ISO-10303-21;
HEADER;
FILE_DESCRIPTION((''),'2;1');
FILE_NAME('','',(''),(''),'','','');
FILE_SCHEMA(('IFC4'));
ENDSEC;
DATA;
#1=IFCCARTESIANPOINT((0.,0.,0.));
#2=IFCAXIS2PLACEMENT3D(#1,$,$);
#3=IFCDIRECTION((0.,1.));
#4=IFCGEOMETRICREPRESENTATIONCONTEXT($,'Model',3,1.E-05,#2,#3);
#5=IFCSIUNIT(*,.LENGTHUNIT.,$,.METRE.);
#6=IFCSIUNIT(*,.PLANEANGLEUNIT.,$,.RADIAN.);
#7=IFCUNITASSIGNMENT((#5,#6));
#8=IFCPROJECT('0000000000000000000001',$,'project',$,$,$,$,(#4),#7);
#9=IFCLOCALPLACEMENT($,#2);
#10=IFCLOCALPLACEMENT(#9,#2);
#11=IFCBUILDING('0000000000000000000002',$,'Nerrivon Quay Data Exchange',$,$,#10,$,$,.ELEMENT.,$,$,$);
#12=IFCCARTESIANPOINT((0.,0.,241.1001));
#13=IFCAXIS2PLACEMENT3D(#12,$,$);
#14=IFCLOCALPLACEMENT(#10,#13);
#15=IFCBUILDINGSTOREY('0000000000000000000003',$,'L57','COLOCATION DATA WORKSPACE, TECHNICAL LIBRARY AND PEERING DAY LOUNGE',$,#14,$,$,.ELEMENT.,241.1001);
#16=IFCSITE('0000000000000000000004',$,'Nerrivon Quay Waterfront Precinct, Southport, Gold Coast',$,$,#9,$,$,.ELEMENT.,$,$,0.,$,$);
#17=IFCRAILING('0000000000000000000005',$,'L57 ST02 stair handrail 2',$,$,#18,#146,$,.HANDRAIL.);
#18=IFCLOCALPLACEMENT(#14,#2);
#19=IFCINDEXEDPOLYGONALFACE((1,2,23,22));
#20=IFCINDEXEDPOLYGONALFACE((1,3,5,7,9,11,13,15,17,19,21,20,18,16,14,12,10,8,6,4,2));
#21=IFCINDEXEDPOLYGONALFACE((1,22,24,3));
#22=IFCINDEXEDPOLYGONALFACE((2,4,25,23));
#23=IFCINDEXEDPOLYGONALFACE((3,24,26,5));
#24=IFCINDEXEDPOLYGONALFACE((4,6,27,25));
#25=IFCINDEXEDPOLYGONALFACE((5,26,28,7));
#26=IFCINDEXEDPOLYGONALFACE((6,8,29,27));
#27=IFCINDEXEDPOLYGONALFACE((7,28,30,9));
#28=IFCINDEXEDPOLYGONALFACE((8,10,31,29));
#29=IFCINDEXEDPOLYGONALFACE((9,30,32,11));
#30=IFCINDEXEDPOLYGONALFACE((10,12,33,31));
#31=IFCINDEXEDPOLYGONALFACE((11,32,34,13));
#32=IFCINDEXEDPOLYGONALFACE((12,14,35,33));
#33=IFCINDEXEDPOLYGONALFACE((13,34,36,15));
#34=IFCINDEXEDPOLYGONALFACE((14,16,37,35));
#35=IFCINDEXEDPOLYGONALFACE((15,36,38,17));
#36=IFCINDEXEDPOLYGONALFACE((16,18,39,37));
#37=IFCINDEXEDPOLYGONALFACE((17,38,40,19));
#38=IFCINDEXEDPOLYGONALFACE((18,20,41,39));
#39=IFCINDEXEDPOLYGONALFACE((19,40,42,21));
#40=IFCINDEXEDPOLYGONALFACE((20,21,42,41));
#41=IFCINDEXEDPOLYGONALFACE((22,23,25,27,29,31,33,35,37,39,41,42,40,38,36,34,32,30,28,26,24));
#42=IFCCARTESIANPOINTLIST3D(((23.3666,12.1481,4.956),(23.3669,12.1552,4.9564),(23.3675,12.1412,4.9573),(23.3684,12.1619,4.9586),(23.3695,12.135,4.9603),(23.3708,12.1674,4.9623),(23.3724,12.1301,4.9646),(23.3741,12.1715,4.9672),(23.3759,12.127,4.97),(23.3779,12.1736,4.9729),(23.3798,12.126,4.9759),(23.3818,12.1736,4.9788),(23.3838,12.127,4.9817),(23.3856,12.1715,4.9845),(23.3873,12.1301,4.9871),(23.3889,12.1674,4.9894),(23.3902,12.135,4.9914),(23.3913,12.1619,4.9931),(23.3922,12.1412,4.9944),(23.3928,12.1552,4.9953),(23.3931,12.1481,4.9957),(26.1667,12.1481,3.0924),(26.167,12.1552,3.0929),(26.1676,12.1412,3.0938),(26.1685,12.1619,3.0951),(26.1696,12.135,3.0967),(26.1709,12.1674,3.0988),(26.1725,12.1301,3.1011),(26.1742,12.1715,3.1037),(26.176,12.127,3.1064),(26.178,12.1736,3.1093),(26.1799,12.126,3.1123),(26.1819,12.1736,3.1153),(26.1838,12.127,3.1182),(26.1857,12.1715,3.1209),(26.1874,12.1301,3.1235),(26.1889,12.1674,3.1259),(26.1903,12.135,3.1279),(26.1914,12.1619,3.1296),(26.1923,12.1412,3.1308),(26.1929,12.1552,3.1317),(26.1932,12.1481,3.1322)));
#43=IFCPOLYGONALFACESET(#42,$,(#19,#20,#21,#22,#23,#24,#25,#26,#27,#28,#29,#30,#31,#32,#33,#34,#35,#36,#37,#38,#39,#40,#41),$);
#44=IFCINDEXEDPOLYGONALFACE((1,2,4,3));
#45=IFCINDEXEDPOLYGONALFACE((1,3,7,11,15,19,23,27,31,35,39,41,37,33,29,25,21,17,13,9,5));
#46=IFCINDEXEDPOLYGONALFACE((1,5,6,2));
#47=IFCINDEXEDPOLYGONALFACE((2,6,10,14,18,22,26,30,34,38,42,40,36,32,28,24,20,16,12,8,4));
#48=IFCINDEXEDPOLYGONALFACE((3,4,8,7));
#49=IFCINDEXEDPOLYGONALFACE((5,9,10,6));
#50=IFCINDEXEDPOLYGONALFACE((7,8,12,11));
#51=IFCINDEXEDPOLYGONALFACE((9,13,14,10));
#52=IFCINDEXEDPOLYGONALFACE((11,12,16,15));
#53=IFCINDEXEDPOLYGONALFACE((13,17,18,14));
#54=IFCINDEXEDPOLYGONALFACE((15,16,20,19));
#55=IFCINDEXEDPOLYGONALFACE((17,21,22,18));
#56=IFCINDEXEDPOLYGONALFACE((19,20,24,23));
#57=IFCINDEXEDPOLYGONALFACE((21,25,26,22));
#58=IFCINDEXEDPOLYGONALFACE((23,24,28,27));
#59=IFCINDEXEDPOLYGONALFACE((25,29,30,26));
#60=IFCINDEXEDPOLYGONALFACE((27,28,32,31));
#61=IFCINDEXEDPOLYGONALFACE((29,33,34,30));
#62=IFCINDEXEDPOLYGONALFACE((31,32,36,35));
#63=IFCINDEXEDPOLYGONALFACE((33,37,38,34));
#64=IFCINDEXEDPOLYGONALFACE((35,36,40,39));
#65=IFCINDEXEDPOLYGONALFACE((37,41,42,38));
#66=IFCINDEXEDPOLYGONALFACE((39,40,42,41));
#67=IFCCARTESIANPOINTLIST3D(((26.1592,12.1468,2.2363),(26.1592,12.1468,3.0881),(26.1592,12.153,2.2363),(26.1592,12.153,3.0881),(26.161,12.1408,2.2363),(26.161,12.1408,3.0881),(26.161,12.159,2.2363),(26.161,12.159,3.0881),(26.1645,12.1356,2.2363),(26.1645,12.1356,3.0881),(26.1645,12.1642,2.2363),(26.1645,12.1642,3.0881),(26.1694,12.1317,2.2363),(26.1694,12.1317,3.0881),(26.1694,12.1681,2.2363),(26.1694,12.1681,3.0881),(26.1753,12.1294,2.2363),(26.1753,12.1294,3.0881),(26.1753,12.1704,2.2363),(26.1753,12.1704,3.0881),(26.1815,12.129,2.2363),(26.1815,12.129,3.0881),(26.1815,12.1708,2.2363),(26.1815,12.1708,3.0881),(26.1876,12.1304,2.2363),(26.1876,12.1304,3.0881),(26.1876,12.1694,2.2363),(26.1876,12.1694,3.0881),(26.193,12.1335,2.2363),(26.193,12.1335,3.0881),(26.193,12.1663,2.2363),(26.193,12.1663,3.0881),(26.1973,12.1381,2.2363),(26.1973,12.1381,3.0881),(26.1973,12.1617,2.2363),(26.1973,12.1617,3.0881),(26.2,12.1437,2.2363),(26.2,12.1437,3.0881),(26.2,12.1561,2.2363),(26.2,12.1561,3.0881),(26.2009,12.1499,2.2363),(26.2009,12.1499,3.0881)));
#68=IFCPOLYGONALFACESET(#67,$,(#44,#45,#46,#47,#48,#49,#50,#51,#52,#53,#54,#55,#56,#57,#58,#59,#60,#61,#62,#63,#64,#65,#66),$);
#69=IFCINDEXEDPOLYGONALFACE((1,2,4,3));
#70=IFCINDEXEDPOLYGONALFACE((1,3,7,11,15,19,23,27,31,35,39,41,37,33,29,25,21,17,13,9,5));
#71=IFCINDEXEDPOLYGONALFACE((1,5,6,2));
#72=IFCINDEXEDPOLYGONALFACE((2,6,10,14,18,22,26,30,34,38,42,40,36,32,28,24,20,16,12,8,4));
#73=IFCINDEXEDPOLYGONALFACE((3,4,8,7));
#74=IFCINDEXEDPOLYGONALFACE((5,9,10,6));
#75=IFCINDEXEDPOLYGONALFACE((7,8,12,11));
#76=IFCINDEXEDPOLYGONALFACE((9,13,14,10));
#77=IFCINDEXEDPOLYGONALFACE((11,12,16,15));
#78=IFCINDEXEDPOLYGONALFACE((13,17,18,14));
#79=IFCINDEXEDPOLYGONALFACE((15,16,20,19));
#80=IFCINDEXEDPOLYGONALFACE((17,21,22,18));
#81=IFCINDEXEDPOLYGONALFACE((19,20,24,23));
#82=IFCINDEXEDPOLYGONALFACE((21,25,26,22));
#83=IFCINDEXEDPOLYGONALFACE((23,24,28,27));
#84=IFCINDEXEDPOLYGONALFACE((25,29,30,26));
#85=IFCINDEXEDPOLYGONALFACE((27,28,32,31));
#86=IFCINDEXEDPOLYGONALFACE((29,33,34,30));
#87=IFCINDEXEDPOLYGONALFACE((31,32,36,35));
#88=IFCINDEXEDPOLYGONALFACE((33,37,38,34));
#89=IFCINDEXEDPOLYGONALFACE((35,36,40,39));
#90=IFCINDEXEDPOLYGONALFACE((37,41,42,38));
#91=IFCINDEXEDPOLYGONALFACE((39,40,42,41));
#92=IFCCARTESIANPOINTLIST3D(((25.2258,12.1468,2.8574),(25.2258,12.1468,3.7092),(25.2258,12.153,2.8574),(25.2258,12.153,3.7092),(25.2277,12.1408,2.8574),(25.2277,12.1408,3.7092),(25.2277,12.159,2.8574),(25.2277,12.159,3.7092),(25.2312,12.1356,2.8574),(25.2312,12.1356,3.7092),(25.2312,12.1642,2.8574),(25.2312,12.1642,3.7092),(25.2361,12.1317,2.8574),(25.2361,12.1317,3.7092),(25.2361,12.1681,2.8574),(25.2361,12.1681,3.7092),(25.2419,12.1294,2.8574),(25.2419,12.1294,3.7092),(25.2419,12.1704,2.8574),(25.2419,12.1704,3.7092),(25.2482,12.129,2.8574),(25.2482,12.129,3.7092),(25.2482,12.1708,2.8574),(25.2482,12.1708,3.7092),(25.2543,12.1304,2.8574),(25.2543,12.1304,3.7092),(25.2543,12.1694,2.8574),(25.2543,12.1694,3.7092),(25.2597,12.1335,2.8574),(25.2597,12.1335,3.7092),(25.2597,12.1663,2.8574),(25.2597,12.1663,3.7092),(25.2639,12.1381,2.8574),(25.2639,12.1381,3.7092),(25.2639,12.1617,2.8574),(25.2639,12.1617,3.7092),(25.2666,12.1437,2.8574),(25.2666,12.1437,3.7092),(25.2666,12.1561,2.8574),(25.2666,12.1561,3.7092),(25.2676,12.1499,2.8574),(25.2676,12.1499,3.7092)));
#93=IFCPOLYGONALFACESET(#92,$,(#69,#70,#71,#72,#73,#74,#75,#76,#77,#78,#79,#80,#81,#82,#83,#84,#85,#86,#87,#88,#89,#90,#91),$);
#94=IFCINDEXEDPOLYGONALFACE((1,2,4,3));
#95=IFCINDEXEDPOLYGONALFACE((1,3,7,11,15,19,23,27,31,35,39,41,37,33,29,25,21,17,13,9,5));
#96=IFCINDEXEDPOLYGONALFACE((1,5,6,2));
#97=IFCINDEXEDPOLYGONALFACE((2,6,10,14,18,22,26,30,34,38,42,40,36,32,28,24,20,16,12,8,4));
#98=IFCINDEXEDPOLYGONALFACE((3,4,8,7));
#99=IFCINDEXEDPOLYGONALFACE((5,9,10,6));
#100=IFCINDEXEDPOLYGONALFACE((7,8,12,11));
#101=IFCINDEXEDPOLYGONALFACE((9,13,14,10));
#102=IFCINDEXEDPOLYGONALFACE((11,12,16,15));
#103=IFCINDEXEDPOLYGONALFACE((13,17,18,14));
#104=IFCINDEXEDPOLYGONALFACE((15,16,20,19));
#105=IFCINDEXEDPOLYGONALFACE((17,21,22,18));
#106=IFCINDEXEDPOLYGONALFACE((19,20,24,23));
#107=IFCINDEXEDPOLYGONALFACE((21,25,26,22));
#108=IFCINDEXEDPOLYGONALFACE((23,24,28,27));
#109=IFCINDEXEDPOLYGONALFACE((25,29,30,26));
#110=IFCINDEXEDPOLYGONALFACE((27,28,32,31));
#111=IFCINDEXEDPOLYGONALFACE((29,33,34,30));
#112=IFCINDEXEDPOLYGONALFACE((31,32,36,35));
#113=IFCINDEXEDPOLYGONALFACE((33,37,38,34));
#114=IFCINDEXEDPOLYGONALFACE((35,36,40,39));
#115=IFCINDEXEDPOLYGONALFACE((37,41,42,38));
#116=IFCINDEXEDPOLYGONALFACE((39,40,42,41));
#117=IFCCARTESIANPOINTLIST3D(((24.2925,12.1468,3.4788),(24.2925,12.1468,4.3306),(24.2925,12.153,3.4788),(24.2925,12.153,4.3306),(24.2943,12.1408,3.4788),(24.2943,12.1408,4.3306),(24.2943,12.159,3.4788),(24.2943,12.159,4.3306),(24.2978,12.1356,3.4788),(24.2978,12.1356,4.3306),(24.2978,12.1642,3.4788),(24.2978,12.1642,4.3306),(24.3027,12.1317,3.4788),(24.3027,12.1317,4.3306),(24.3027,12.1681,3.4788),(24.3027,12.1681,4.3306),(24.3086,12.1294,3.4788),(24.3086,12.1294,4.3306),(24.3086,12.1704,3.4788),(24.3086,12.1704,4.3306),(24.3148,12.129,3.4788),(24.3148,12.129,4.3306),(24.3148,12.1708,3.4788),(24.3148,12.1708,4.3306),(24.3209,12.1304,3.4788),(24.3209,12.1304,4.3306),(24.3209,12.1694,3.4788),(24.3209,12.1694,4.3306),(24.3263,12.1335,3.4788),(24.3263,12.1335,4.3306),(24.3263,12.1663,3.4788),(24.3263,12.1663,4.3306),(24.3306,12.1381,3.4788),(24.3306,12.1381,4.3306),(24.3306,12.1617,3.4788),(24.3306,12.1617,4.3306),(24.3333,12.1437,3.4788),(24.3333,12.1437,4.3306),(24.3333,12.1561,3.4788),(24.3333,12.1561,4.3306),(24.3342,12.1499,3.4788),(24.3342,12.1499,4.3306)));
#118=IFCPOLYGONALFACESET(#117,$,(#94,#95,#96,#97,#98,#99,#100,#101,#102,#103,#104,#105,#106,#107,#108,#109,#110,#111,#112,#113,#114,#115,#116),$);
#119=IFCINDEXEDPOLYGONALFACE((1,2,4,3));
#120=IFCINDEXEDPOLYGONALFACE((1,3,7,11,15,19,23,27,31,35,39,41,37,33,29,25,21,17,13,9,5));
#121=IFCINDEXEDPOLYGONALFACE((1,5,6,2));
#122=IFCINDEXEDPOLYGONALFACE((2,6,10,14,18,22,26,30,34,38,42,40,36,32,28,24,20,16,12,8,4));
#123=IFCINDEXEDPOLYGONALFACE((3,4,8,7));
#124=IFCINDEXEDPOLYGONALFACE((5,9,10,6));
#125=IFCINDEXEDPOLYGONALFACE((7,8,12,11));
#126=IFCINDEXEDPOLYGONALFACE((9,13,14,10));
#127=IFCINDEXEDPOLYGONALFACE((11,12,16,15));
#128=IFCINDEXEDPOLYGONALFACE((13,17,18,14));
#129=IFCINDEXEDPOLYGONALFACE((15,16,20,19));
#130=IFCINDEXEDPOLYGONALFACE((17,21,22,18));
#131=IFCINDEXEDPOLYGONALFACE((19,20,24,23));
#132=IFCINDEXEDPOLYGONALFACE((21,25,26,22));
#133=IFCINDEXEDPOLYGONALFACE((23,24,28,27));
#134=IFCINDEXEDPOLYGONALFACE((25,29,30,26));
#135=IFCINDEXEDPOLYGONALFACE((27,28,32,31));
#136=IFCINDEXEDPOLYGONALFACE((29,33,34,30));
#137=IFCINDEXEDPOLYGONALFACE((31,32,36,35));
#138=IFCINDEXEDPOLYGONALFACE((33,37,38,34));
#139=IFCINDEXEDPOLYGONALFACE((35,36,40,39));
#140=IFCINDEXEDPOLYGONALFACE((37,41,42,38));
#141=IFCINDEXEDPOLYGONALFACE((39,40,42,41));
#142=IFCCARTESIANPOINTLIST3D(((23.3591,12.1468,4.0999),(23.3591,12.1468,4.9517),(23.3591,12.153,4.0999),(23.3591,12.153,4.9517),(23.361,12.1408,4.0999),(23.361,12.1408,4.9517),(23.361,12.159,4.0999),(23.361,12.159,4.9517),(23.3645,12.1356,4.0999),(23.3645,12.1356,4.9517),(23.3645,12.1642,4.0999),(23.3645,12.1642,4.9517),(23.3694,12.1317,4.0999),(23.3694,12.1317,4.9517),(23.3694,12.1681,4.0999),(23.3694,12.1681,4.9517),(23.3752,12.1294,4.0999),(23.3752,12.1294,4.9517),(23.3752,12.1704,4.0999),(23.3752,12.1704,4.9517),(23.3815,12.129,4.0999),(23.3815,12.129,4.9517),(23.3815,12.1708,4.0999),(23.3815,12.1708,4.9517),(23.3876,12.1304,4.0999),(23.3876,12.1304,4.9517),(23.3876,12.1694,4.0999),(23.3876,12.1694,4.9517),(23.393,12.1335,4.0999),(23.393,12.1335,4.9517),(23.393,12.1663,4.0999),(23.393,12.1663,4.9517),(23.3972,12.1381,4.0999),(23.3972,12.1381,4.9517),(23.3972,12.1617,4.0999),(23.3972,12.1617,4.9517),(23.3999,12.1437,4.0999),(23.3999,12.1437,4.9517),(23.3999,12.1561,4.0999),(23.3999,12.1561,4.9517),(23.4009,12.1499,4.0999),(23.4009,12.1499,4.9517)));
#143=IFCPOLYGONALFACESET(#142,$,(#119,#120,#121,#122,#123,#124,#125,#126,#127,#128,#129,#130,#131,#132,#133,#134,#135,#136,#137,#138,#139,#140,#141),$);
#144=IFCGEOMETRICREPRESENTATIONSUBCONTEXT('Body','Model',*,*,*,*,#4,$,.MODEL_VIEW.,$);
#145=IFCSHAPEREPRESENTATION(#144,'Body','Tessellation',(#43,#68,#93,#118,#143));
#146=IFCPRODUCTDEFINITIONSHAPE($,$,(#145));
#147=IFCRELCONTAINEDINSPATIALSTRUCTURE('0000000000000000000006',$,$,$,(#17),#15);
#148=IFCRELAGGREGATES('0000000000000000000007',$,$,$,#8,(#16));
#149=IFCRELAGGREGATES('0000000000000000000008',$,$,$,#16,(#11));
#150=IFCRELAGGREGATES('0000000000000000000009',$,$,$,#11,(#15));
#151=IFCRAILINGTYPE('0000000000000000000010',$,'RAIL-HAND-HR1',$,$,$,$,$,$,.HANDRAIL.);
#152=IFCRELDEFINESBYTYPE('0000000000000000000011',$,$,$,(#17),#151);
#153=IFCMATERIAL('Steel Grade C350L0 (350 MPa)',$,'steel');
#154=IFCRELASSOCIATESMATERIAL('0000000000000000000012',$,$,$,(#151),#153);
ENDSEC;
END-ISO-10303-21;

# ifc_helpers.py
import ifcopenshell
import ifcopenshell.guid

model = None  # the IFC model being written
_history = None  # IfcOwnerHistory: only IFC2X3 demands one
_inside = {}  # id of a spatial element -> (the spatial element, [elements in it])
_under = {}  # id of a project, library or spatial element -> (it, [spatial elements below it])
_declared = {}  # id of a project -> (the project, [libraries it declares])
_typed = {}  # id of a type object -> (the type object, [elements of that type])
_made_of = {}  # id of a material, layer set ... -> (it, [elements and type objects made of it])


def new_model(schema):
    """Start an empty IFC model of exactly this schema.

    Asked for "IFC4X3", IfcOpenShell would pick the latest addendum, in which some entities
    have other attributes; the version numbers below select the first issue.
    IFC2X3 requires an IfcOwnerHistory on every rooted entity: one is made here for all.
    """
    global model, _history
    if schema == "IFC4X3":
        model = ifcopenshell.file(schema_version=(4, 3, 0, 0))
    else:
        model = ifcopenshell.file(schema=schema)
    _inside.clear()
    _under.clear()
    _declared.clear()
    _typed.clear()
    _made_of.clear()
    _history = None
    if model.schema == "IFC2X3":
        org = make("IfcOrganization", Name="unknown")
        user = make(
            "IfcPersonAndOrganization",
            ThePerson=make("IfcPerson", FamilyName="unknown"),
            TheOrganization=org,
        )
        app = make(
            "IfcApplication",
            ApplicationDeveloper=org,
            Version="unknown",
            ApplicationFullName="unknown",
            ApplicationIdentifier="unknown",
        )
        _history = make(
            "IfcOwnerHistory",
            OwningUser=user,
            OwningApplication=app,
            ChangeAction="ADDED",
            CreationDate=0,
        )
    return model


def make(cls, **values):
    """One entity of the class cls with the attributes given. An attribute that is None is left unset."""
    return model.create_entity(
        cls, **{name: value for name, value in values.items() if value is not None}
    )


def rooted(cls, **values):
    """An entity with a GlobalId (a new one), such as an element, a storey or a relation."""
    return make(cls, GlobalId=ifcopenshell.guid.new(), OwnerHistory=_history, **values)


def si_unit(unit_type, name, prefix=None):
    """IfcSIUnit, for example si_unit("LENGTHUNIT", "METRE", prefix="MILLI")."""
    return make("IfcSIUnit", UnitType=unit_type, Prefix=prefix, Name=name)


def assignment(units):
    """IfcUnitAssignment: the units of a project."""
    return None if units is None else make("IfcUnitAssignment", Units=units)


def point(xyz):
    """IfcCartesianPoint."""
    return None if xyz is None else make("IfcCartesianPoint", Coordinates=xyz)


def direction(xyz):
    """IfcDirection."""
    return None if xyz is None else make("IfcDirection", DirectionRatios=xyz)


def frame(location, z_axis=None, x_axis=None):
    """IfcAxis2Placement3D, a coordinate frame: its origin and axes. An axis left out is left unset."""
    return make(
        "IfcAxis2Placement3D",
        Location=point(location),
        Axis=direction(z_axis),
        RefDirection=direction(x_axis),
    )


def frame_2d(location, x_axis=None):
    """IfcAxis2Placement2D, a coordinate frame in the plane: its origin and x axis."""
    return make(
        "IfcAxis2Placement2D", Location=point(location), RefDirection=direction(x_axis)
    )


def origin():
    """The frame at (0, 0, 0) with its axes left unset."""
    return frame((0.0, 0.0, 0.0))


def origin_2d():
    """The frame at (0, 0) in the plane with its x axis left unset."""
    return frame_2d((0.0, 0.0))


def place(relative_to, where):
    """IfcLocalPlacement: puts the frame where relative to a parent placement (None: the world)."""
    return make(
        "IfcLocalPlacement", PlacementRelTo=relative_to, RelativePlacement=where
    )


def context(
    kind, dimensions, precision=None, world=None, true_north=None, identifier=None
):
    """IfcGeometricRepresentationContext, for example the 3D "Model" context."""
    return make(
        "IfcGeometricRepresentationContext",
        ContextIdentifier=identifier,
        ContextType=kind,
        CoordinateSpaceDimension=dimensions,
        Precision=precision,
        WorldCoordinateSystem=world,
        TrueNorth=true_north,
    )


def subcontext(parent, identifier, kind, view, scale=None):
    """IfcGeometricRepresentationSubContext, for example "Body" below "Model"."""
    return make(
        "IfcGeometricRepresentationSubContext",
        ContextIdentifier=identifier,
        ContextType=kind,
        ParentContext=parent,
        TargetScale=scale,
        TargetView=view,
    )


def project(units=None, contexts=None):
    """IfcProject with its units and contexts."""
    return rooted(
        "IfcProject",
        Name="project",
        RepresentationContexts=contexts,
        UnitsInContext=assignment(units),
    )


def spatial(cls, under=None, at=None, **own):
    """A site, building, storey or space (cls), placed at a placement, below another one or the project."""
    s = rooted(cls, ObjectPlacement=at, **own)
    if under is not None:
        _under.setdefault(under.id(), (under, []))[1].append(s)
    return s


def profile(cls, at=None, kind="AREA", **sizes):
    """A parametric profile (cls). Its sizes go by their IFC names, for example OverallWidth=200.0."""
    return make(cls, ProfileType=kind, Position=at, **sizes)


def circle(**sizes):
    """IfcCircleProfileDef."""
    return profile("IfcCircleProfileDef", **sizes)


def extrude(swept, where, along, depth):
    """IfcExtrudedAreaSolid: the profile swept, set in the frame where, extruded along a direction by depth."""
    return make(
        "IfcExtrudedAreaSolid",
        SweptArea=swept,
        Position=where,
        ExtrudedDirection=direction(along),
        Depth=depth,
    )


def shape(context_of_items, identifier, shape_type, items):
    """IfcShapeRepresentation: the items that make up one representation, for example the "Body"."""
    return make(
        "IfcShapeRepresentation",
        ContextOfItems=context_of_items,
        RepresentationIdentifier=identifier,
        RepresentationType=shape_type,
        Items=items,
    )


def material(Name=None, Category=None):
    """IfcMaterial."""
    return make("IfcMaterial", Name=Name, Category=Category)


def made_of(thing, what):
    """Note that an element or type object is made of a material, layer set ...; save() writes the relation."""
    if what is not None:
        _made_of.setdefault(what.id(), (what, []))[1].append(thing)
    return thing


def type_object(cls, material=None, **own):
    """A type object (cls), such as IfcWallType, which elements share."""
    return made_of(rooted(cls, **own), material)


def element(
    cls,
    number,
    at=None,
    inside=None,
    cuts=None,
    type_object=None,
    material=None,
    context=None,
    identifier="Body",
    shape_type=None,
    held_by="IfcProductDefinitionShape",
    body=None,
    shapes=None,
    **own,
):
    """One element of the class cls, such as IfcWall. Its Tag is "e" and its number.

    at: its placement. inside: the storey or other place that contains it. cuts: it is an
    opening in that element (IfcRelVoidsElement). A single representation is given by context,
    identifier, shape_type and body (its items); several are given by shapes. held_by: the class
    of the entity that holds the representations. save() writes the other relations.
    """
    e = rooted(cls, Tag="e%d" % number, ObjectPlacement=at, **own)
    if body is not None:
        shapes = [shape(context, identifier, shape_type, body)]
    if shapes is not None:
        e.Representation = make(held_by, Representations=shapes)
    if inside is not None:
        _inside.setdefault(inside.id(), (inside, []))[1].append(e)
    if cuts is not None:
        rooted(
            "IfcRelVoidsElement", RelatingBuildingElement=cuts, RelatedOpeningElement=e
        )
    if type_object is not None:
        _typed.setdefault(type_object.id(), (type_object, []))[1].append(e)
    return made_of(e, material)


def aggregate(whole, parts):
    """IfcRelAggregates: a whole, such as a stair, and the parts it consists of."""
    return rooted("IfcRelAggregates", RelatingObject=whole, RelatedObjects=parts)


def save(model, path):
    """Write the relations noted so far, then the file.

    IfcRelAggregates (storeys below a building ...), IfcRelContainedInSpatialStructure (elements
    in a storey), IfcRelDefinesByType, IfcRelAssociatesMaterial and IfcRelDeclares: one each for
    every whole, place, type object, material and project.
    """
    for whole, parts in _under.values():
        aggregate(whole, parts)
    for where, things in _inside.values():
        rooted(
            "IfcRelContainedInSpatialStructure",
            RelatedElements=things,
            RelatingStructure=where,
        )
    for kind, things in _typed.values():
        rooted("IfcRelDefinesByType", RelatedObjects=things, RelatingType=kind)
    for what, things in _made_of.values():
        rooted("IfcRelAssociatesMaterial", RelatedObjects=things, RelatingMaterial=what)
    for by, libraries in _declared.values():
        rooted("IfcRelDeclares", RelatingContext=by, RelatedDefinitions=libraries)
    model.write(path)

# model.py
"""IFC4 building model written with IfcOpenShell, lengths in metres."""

from ifc_helpers import new_model, si_unit, direction, frame, origin, origin_2d, place, context, subcontext, project, spatial, circle, extrude, material, type_object, element, save


model = new_model("IFC4")

# Units and contexts
model_context = context("Model", 3, precision=1e-05, world=origin(), true_north=direction((0.0, 1.0)))
body_context = subcontext(model_context, "Body", "Model", "MODEL_VIEW")
ifc_project = project(units=[si_unit("LENGTHUNIT", "METRE"), si_unit("PLANEANGLEUNIT", "RADIAN")], contexts=[model_context])

# Site, building, storey
site_placement = place(None, origin())
site = spatial("IfcSite", under=ifc_project, at=site_placement, Name="Nerrivon Quay Waterfront Precinct, Southport, Gold Coast", CompositionType="ELEMENT", RefElevation=0.0)
building_placement = place(site_placement, origin())
building = spatial("IfcBuilding", under=site, at=building_placement, Name="Nerrivon Quay Data Exchange", CompositionType="ELEMENT")
storey_placement = place(building_placement, frame((0.0, 0.0, 241.1001)))
storey = spatial("IfcBuildingStorey", under=building, at=storey_placement, Name="L57", Description="COLOCATION DATA WORKSPACE, TECHNICAL LIBRARY AND PEERING DAY LOUNGE", CompositionType="ELEMENT", Elevation=241.1001)

# Railing
ifc_material_1 = material(Name="Steel Grade C350L0 (350 MPa)", Category="steel")
railing_type_1 = type_object("IfcRailingType", Name="RAIL-HAND-HR1", PredefinedType="HANDRAIL", material=ifc_material_1)
railing_1_placement = place(storey_placement, frame((26.1799, 12.1499, 2.2363)))
element("IfcRailing", 1, at=railing_1_placement, inside=storey, type_object=railing_type_1, Name="L57 ST02 stair handrail 2", PredefinedType="HANDRAIL", context=body_context, shape_type="SweptSolid", body=[
    extrude(circle(Radius=0.0239, at=origin_2d()), frame((0.0, 0.0, 0.876), z_axis=(-0.832486, 0.0, 0.554047), x_axis=(0.0, -1.0, 0.0)), (0.0, 0.0, 1.0), 3.3635),
    extrude(circle(Radius=0.021, at=origin_2d()), origin(), (0.0, 0.0, 1.0), 0.8518),
    extrude(circle(Radius=0.021, at=origin_2d()), frame((-0.9333, 0.0, 0.6211)), (0.0, 0.0, 1.0), 0.8518),
    extrude(circle(Radius=0.021, at=origin_2d()), frame((-1.8667, 0.0, 1.2424)), (0.0, 0.0, 1.0), 0.8518),
    extrude(circle(Radius=0.021, at=origin_2d()), frame((-2.8, 0.0, 1.8635)), (0.0, 0.0, 1.0), 0.8518),
])

save(model, "model.ifc")
